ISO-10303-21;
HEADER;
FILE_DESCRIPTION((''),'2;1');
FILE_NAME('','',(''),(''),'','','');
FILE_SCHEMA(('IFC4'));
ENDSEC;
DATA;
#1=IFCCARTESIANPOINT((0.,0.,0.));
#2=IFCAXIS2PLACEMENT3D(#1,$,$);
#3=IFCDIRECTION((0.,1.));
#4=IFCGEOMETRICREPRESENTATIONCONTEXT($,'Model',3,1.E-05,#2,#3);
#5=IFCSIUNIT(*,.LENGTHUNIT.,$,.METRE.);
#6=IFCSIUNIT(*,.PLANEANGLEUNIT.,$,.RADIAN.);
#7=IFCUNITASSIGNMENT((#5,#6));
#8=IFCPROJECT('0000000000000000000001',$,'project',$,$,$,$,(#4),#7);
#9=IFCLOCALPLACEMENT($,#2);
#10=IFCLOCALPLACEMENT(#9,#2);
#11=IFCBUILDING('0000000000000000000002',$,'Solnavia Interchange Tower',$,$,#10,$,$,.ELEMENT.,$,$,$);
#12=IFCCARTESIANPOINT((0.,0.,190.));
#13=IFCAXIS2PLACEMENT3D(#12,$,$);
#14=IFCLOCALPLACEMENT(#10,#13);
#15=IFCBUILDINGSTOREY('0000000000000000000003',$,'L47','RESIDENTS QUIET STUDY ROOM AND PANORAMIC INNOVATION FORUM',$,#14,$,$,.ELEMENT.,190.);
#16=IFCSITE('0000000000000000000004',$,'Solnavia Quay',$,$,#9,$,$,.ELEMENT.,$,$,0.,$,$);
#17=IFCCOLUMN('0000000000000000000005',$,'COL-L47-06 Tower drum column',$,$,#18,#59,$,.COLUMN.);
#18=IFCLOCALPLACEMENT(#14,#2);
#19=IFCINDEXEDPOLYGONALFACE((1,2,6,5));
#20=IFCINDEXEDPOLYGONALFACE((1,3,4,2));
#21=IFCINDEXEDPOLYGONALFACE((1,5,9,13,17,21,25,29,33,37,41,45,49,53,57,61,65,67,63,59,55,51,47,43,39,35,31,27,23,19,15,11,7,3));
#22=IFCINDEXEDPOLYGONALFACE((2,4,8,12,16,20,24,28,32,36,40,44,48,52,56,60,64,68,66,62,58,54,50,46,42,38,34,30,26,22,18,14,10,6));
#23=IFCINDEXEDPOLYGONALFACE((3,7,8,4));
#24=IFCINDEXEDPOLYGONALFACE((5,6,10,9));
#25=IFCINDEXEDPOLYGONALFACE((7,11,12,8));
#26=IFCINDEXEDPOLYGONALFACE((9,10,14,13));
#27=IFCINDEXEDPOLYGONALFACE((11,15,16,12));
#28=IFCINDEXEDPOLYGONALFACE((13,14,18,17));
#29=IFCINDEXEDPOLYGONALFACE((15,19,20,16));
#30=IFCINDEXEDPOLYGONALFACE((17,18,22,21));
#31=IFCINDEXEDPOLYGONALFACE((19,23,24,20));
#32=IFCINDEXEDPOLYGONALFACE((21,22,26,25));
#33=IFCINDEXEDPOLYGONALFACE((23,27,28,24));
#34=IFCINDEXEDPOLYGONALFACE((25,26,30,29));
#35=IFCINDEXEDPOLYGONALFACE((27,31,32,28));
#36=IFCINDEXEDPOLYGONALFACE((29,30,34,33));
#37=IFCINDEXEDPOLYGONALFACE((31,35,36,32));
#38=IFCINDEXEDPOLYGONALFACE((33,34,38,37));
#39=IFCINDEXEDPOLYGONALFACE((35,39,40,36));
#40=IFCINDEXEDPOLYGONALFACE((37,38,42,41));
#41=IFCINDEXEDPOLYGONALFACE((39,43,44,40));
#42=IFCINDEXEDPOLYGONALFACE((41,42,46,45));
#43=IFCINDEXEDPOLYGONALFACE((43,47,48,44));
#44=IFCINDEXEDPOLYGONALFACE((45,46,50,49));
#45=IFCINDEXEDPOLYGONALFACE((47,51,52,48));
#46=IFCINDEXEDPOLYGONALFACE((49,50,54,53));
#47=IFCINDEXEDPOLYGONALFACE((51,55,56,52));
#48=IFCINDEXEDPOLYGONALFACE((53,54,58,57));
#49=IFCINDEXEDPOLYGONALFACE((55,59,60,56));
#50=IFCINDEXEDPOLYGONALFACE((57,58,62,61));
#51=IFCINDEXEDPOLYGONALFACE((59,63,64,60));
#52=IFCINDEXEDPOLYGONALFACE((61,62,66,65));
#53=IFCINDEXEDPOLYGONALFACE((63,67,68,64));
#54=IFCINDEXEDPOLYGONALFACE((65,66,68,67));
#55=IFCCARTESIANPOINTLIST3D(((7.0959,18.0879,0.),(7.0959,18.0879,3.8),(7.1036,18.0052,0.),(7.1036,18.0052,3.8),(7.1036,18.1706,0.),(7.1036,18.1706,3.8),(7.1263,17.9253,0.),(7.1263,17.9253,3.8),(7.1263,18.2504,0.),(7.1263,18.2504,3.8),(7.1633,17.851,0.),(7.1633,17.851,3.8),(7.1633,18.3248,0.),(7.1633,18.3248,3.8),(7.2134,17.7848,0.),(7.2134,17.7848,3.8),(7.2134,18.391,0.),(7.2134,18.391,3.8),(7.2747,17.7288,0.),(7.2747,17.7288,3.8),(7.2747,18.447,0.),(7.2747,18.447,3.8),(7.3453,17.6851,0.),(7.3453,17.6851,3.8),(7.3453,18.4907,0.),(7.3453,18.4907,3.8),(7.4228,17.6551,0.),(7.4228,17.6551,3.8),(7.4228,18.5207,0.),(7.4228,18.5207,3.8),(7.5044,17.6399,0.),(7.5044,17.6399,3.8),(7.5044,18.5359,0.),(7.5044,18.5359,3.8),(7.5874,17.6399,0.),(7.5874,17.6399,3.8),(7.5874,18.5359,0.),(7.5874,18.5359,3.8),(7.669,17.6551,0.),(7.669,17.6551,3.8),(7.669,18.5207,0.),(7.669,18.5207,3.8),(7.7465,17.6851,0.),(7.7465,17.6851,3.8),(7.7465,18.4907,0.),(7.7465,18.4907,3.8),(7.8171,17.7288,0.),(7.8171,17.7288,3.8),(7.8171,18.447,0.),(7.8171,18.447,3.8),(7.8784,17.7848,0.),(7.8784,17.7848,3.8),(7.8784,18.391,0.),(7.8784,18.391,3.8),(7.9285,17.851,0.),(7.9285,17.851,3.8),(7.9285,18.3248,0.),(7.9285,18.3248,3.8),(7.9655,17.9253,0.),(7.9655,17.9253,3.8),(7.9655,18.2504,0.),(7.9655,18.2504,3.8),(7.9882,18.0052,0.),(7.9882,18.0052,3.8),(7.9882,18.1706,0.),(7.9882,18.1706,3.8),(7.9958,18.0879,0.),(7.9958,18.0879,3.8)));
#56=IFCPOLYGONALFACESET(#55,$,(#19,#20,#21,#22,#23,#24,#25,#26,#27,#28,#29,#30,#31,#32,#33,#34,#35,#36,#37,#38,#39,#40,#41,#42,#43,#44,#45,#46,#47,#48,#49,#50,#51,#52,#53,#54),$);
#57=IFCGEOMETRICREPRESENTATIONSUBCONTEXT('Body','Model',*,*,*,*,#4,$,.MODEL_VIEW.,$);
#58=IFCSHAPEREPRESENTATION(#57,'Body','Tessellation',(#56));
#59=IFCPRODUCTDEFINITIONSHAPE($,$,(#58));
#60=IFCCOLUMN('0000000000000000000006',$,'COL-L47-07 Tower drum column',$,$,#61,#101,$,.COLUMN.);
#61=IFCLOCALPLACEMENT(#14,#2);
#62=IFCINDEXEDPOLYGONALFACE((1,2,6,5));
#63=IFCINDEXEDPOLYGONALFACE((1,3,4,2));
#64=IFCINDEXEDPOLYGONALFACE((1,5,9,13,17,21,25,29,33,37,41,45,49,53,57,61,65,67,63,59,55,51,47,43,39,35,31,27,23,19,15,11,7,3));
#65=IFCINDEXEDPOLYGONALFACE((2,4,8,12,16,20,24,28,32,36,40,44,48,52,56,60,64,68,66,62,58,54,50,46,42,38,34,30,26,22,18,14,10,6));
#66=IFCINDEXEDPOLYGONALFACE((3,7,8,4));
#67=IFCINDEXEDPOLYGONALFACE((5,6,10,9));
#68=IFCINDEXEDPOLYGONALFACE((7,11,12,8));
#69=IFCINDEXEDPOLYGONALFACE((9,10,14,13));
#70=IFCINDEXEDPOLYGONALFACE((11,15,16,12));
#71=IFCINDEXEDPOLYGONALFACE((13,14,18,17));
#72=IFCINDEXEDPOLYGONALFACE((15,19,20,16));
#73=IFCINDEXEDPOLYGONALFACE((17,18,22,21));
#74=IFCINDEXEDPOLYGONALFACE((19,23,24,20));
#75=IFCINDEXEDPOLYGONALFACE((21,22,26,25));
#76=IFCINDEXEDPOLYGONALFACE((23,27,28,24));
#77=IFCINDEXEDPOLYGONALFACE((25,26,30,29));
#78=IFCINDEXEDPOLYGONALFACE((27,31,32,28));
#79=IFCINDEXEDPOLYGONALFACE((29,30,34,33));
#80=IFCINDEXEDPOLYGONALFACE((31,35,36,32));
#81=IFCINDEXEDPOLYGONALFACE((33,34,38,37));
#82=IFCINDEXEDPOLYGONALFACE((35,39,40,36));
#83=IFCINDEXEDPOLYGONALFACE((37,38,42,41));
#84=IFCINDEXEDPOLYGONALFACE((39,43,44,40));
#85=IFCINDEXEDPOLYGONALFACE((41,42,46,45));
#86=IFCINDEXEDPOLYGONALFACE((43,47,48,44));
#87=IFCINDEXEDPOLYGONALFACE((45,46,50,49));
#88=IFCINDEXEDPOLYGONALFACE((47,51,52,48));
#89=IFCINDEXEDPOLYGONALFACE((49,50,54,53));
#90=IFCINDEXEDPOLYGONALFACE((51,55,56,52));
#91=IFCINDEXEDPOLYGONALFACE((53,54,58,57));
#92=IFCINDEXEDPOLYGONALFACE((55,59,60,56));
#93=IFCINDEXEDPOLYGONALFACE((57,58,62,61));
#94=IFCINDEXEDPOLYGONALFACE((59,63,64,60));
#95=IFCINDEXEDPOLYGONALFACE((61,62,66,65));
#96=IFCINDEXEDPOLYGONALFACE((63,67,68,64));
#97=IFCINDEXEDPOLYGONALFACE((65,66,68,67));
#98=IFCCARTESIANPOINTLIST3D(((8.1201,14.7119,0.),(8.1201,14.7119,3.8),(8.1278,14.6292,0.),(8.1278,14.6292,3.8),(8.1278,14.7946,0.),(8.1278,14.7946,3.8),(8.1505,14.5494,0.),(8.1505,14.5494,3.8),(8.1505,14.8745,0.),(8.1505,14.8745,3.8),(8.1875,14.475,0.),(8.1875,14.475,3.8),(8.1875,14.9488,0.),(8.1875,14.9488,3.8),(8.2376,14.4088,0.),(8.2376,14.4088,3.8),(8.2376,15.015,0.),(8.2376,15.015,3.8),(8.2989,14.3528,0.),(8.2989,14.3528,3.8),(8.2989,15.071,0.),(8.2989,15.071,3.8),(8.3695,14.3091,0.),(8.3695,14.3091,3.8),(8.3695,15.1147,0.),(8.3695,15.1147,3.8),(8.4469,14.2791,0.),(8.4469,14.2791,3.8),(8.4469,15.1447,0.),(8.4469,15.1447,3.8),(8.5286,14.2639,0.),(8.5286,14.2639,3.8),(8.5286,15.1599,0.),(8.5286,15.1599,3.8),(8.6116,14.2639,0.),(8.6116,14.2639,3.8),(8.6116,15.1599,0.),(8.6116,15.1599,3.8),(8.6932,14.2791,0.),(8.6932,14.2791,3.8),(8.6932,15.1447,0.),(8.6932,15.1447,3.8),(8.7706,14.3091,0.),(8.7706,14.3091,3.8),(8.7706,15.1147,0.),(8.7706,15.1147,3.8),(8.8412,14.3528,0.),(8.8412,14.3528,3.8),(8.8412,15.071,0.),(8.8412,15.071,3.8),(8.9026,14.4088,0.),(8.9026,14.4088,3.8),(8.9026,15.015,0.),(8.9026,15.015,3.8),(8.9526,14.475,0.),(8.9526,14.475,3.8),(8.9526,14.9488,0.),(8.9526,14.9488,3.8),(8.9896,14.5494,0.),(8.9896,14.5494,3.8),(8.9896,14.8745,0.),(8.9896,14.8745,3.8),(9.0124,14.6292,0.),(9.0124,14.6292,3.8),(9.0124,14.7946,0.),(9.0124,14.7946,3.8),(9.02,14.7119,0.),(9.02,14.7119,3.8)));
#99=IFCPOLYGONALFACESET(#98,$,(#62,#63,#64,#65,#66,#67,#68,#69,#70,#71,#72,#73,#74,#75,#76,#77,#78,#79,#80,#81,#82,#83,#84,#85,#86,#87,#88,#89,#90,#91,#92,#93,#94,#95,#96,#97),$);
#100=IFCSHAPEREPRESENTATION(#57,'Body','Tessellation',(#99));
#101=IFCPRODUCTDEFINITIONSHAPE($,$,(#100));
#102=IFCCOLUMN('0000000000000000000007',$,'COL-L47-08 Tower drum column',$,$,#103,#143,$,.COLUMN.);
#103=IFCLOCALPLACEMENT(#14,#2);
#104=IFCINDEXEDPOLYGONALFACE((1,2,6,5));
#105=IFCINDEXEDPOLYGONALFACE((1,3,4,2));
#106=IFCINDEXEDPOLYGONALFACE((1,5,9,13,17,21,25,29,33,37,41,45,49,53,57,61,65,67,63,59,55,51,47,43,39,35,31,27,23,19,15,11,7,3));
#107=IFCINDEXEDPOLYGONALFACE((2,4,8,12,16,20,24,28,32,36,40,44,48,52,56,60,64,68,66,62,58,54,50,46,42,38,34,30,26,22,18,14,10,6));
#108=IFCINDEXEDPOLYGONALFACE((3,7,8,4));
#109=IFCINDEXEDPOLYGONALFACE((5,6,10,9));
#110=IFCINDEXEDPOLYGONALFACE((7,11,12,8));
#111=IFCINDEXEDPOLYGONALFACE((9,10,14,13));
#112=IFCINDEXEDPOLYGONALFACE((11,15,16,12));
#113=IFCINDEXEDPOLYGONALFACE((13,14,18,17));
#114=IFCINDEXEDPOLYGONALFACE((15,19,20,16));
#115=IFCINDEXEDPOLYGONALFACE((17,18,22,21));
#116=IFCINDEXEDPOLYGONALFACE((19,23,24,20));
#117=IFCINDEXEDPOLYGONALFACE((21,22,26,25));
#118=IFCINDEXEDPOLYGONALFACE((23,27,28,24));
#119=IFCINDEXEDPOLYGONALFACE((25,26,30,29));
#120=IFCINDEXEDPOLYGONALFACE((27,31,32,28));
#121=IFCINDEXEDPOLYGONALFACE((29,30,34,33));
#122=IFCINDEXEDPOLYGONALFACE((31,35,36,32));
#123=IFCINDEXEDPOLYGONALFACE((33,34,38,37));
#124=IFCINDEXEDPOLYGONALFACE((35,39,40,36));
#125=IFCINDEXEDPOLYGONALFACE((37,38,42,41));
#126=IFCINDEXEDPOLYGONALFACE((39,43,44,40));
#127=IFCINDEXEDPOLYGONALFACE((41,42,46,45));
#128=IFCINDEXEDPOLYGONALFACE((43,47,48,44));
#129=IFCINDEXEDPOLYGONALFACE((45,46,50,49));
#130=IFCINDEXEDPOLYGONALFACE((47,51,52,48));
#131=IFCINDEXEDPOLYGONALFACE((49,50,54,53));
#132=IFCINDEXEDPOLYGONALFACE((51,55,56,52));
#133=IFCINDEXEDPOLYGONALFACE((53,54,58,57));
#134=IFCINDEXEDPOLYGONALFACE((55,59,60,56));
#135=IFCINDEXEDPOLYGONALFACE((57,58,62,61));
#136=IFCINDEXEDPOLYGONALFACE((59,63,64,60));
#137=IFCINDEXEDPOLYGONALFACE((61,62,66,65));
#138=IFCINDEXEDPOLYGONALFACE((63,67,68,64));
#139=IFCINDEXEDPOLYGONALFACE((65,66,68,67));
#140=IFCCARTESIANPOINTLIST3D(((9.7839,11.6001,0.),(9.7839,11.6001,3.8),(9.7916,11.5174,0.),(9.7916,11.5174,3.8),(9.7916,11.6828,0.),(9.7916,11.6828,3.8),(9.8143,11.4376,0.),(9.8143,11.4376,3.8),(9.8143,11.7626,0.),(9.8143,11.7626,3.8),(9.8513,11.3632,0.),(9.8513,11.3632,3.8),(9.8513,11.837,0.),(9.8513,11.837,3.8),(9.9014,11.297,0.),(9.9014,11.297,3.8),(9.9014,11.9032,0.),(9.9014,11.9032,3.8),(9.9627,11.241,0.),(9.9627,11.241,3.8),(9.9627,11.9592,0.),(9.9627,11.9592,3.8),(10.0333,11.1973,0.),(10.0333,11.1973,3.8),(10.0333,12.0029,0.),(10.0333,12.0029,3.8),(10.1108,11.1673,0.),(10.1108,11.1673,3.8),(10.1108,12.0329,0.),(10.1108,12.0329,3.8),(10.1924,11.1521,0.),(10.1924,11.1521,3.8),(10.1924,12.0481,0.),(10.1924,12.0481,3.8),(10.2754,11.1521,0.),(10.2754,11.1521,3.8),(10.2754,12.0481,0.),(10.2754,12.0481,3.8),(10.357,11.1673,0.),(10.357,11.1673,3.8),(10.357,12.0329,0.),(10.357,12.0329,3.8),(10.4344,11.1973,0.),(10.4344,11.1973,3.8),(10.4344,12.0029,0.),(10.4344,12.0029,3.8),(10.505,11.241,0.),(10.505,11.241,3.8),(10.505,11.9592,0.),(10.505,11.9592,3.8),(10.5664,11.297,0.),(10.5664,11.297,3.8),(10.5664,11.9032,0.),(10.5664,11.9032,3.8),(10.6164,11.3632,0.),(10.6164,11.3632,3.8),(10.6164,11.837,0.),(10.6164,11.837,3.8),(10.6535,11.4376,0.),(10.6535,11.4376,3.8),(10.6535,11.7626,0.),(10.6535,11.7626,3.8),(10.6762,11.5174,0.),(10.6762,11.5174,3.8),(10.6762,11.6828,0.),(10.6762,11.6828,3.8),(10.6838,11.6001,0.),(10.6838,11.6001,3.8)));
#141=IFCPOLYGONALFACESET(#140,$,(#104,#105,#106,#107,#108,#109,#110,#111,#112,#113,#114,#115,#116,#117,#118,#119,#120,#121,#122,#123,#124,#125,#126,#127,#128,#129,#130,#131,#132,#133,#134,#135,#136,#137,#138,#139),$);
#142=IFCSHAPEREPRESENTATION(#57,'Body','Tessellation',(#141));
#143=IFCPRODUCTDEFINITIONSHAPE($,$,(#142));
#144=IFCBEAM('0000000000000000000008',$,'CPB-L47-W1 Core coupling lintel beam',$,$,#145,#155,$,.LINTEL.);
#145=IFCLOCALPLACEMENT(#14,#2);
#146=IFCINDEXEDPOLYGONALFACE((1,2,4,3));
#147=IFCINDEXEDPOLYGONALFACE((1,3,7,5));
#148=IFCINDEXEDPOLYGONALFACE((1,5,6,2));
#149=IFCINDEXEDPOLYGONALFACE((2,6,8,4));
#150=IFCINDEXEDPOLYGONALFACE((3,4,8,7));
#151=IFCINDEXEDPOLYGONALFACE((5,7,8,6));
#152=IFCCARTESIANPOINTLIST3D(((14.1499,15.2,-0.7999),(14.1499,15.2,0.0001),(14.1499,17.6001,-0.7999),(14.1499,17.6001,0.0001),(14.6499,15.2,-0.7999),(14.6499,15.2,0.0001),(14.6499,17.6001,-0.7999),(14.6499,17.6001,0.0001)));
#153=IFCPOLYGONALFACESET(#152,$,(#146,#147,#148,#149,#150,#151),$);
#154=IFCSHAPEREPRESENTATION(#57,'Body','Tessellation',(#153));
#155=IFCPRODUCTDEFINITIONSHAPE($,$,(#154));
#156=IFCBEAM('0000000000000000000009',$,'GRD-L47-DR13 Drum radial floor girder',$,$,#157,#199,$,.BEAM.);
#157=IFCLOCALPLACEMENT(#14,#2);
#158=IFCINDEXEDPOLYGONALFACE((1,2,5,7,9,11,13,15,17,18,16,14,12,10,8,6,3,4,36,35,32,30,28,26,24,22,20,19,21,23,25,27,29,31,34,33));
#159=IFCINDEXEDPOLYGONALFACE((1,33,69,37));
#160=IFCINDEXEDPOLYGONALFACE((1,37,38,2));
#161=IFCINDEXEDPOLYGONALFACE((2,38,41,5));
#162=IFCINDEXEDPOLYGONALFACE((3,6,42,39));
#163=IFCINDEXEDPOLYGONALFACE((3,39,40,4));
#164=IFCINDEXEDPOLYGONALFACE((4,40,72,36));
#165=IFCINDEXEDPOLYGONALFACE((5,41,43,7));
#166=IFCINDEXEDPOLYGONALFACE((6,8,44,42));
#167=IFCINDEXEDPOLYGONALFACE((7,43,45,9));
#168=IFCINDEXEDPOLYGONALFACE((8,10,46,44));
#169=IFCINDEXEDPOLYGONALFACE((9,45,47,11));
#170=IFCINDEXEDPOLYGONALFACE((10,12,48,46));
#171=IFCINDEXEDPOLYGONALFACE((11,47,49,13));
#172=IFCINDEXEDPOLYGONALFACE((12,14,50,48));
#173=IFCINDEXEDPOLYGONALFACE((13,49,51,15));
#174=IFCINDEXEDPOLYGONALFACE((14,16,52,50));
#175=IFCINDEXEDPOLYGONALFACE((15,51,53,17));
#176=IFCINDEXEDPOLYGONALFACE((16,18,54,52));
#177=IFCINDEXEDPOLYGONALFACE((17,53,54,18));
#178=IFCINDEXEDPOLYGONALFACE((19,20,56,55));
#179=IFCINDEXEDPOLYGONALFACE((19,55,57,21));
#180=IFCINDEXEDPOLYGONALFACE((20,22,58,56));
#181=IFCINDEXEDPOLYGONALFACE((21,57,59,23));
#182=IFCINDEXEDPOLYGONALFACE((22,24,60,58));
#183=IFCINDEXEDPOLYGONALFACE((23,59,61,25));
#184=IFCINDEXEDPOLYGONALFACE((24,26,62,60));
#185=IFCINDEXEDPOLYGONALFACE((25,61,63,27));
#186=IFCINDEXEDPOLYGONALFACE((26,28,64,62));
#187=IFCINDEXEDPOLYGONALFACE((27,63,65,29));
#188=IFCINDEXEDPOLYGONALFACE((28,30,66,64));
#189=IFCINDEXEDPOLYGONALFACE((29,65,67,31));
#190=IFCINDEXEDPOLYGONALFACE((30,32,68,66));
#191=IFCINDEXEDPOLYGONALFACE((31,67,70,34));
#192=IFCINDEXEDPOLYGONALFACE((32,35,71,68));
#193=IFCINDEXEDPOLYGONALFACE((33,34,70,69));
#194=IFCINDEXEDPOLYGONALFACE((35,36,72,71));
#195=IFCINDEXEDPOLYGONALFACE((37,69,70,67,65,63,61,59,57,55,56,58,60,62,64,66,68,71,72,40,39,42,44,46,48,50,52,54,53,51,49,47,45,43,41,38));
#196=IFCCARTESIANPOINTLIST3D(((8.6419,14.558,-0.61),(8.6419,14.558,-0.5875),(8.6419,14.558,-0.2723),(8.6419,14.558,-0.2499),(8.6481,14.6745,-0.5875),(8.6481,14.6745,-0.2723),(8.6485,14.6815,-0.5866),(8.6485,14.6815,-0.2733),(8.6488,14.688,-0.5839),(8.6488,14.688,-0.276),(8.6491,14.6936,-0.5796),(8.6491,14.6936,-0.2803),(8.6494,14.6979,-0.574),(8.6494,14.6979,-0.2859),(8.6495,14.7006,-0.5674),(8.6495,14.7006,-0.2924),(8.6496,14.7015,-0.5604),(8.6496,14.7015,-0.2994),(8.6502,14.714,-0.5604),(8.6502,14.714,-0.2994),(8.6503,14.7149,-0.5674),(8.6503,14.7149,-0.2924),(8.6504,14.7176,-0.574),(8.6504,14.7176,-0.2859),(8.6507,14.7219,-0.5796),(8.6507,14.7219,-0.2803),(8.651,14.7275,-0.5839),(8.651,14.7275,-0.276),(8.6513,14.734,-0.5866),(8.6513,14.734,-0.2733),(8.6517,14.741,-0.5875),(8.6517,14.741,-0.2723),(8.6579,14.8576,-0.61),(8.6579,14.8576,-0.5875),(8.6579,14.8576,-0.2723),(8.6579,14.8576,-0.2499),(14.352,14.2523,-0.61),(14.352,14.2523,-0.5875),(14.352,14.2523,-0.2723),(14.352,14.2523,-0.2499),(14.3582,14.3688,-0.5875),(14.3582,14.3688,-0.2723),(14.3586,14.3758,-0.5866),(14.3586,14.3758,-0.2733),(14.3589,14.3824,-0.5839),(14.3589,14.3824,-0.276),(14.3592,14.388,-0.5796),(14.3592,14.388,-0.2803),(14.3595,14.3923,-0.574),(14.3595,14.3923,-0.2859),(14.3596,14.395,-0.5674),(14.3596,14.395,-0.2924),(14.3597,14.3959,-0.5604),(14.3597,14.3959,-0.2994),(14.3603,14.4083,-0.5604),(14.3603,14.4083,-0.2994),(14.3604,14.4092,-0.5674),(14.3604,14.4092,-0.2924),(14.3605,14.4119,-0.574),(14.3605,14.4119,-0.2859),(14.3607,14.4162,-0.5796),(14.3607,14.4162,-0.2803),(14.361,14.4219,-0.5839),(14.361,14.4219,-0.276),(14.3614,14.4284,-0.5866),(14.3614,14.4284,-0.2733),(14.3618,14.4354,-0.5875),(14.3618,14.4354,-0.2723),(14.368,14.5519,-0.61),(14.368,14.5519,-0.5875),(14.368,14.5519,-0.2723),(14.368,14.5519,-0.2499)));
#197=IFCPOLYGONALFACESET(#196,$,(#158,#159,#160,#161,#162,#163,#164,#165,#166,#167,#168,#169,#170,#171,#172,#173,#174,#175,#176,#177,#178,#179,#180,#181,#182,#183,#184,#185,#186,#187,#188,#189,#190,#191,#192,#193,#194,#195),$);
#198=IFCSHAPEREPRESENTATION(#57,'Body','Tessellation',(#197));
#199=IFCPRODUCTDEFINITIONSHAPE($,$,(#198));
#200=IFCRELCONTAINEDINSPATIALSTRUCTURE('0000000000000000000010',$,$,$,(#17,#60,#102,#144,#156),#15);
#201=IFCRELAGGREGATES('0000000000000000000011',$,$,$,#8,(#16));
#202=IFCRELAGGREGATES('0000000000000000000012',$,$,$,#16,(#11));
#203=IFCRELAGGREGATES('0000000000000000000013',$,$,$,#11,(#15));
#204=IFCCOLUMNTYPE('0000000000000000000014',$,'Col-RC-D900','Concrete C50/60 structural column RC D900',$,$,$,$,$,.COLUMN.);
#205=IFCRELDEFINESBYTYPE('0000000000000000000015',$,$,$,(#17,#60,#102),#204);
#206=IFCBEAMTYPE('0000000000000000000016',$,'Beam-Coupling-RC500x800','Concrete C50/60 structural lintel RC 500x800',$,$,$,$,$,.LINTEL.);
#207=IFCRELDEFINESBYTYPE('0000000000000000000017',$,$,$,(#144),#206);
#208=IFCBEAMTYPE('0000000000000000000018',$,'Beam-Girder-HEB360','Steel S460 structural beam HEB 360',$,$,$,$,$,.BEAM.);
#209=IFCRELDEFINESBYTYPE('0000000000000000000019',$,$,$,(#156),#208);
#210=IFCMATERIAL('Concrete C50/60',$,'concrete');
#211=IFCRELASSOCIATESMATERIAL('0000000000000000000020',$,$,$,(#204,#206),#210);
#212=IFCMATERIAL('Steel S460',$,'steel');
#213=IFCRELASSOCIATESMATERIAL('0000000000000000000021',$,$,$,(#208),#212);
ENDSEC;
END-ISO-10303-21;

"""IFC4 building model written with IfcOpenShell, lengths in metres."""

from ifc_helpers import new_model, si_unit, direction, frame, origin, origin_2d, place, context, subcontext, project, spatial, rectangle, circle, i_section, extrude, material, material_profile, profile_set, type_object, element, save


model = new_model("IFC4")

# Units and contexts
model_context = context("Model", 3, precision=1e-05, world=origin(), true_north=direction((0.0, 1.0)))
body_context = subcontext(model_context, "Body", "Model", "MODEL_VIEW")
ifc_project = project(units=[si_unit("LENGTHUNIT", "METRE"), si_unit("PLANEANGLEUNIT", "RADIAN")], contexts=[model_context])

# Site, building, storey
site_placement = place(None, origin())
site = spatial("IfcSite", under=ifc_project, at=site_placement, Name="Solnavia Quay", CompositionType="ELEMENT", RefElevation=0.0)
building_placement = place(site_placement, origin())
building = spatial("IfcBuilding", under=site, at=building_placement, Name="Solnavia Interchange Tower", CompositionType="ELEMENT")
storey_placement = place(building_placement, frame((0.0, 0.0, 190.0)))
storey = spatial("IfcBuildingStorey", under=building, at=storey_placement, Name="L47", Description="RESIDENTS QUIET STUDY ROOM AND PANORAMIC INNOVATION FORUM", CompositionType="ELEMENT", Elevation=190.0)

# Columns
ifc_material_1 = material(Name="Concrete C50/60", Category="concrete")
ifc_material_profile_1 = material_profile(ifc_material_1, circle(Radius=0.45, at=origin_2d()), Name="RC D900")
ifc_profile_set_1 = profile_set([ifc_material_profile_1], Name="Concrete C50/60")
column_type = type_object("IfcColumnType", Name="Col-RC-D900", Description="Concrete C50/60 structural column RC D900", PredefinedType="COLUMN", material=ifc_profile_set_1)
for number, where, z_axis, x_axis, name in (
    (1, (7.5459, 18.0879, 0.0), (0.0, 0.0, 1.0), (1.0, 0.0, 0.0), "COL-L47-06 Tower drum column"),
    (2, (8.5701, 14.7119, 0.0), (0.0, 0.0, 1.0), (1.0, 0.0, 0.0), "COL-L47-07 Tower drum column"),
    (3, (10.2339, 11.6001, 0.0), (0.0, 0.0, 1.0), (1.0, 0.0, 0.0), "COL-L47-08 Tower drum column"),
):
    element("IfcColumn", number, at=place(storey_placement, frame(where, z_axis=z_axis, x_axis=x_axis)), inside=storey, type_object=column_type, Name=name, PredefinedType="COLUMN", context=body_context, shape_type="SweptSolid", body=[
        extrude(circle(Radius=0.45, at=origin_2d()), origin(), (0.0, 0.0, 1.0), 3.8),
    ])

# Beams
ifc_material_profile_2 = material_profile(ifc_material_1, rectangle(XDim=0.5, YDim=0.8, at=origin_2d()), Name="RC 500x800")
ifc_profile_set_2 = profile_set([ifc_material_profile_2], Name="Concrete C50/60")
beam_type_1 = type_object("IfcBeamType", Name="Beam-Coupling-RC500x800", Description="Concrete C50/60 structural lintel RC 500x800", PredefinedType="LINTEL", material=ifc_profile_set_2)
beam_1_placement = place(storey_placement, frame((14.3999, 15.2, -0.3999), z_axis=(0.0, 1.0, 0.0), x_axis=(-1.0, 0.0, 0.0)))
element("IfcBeam", 4, at=beam_1_placement, inside=storey, type_object=beam_type_1, Name="CPB-L47-W1 Core coupling lintel beam", PredefinedType="LINTEL", context=body_context, shape_type="SweptSolid", body=[
    extrude(rectangle(XDim=0.5, YDim=0.8, at=origin_2d()), origin(), (0.0, 0.0, 1.0), 2.4001),
])
ifc_material_2 = material(Name="Steel S460", Category="steel")
ifc_material_profile_3 = material_profile(ifc_material_2, i_section(OverallWidth=0.3, OverallDepth=0.3601, WebThickness=0.0125, FlangeThickness=0.0225, FilletRadius=0.0271, at=origin_2d()), Name="HEB 360")
ifc_profile_set_3 = profile_set([ifc_material_profile_3], Name="Steel S460")
beam_type_2 = type_object("IfcBeamType", Name="Beam-Girder-HEB360", Description="Steel S460 structural beam HEB 360", PredefinedType="BEAM", material=ifc_profile_set_3)
beam_2_placement = place(storey_placement, frame((8.6499, 14.7078, -0.4299), z_axis=(0.99857, -0.053453, 0.0), x_axis=(0.053453, 0.99857, 0.0)))
element("IfcBeam", 5, at=beam_2_placement, inside=storey, type_object=beam_type_2, Name="GRD-L47-DR13 Drum radial floor girder", PredefinedType="BEAM", context=body_context, shape_type="SweptSolid", body=[
    extrude(i_section(OverallWidth=0.3, OverallDepth=0.3601, WebThickness=0.0125, FlangeThickness=0.0225, FilletRadius=0.0271, at=origin_2d()), origin(), (0.0, 0.0, 1.0), 5.7183),
])

save(model, "model.ifc")
